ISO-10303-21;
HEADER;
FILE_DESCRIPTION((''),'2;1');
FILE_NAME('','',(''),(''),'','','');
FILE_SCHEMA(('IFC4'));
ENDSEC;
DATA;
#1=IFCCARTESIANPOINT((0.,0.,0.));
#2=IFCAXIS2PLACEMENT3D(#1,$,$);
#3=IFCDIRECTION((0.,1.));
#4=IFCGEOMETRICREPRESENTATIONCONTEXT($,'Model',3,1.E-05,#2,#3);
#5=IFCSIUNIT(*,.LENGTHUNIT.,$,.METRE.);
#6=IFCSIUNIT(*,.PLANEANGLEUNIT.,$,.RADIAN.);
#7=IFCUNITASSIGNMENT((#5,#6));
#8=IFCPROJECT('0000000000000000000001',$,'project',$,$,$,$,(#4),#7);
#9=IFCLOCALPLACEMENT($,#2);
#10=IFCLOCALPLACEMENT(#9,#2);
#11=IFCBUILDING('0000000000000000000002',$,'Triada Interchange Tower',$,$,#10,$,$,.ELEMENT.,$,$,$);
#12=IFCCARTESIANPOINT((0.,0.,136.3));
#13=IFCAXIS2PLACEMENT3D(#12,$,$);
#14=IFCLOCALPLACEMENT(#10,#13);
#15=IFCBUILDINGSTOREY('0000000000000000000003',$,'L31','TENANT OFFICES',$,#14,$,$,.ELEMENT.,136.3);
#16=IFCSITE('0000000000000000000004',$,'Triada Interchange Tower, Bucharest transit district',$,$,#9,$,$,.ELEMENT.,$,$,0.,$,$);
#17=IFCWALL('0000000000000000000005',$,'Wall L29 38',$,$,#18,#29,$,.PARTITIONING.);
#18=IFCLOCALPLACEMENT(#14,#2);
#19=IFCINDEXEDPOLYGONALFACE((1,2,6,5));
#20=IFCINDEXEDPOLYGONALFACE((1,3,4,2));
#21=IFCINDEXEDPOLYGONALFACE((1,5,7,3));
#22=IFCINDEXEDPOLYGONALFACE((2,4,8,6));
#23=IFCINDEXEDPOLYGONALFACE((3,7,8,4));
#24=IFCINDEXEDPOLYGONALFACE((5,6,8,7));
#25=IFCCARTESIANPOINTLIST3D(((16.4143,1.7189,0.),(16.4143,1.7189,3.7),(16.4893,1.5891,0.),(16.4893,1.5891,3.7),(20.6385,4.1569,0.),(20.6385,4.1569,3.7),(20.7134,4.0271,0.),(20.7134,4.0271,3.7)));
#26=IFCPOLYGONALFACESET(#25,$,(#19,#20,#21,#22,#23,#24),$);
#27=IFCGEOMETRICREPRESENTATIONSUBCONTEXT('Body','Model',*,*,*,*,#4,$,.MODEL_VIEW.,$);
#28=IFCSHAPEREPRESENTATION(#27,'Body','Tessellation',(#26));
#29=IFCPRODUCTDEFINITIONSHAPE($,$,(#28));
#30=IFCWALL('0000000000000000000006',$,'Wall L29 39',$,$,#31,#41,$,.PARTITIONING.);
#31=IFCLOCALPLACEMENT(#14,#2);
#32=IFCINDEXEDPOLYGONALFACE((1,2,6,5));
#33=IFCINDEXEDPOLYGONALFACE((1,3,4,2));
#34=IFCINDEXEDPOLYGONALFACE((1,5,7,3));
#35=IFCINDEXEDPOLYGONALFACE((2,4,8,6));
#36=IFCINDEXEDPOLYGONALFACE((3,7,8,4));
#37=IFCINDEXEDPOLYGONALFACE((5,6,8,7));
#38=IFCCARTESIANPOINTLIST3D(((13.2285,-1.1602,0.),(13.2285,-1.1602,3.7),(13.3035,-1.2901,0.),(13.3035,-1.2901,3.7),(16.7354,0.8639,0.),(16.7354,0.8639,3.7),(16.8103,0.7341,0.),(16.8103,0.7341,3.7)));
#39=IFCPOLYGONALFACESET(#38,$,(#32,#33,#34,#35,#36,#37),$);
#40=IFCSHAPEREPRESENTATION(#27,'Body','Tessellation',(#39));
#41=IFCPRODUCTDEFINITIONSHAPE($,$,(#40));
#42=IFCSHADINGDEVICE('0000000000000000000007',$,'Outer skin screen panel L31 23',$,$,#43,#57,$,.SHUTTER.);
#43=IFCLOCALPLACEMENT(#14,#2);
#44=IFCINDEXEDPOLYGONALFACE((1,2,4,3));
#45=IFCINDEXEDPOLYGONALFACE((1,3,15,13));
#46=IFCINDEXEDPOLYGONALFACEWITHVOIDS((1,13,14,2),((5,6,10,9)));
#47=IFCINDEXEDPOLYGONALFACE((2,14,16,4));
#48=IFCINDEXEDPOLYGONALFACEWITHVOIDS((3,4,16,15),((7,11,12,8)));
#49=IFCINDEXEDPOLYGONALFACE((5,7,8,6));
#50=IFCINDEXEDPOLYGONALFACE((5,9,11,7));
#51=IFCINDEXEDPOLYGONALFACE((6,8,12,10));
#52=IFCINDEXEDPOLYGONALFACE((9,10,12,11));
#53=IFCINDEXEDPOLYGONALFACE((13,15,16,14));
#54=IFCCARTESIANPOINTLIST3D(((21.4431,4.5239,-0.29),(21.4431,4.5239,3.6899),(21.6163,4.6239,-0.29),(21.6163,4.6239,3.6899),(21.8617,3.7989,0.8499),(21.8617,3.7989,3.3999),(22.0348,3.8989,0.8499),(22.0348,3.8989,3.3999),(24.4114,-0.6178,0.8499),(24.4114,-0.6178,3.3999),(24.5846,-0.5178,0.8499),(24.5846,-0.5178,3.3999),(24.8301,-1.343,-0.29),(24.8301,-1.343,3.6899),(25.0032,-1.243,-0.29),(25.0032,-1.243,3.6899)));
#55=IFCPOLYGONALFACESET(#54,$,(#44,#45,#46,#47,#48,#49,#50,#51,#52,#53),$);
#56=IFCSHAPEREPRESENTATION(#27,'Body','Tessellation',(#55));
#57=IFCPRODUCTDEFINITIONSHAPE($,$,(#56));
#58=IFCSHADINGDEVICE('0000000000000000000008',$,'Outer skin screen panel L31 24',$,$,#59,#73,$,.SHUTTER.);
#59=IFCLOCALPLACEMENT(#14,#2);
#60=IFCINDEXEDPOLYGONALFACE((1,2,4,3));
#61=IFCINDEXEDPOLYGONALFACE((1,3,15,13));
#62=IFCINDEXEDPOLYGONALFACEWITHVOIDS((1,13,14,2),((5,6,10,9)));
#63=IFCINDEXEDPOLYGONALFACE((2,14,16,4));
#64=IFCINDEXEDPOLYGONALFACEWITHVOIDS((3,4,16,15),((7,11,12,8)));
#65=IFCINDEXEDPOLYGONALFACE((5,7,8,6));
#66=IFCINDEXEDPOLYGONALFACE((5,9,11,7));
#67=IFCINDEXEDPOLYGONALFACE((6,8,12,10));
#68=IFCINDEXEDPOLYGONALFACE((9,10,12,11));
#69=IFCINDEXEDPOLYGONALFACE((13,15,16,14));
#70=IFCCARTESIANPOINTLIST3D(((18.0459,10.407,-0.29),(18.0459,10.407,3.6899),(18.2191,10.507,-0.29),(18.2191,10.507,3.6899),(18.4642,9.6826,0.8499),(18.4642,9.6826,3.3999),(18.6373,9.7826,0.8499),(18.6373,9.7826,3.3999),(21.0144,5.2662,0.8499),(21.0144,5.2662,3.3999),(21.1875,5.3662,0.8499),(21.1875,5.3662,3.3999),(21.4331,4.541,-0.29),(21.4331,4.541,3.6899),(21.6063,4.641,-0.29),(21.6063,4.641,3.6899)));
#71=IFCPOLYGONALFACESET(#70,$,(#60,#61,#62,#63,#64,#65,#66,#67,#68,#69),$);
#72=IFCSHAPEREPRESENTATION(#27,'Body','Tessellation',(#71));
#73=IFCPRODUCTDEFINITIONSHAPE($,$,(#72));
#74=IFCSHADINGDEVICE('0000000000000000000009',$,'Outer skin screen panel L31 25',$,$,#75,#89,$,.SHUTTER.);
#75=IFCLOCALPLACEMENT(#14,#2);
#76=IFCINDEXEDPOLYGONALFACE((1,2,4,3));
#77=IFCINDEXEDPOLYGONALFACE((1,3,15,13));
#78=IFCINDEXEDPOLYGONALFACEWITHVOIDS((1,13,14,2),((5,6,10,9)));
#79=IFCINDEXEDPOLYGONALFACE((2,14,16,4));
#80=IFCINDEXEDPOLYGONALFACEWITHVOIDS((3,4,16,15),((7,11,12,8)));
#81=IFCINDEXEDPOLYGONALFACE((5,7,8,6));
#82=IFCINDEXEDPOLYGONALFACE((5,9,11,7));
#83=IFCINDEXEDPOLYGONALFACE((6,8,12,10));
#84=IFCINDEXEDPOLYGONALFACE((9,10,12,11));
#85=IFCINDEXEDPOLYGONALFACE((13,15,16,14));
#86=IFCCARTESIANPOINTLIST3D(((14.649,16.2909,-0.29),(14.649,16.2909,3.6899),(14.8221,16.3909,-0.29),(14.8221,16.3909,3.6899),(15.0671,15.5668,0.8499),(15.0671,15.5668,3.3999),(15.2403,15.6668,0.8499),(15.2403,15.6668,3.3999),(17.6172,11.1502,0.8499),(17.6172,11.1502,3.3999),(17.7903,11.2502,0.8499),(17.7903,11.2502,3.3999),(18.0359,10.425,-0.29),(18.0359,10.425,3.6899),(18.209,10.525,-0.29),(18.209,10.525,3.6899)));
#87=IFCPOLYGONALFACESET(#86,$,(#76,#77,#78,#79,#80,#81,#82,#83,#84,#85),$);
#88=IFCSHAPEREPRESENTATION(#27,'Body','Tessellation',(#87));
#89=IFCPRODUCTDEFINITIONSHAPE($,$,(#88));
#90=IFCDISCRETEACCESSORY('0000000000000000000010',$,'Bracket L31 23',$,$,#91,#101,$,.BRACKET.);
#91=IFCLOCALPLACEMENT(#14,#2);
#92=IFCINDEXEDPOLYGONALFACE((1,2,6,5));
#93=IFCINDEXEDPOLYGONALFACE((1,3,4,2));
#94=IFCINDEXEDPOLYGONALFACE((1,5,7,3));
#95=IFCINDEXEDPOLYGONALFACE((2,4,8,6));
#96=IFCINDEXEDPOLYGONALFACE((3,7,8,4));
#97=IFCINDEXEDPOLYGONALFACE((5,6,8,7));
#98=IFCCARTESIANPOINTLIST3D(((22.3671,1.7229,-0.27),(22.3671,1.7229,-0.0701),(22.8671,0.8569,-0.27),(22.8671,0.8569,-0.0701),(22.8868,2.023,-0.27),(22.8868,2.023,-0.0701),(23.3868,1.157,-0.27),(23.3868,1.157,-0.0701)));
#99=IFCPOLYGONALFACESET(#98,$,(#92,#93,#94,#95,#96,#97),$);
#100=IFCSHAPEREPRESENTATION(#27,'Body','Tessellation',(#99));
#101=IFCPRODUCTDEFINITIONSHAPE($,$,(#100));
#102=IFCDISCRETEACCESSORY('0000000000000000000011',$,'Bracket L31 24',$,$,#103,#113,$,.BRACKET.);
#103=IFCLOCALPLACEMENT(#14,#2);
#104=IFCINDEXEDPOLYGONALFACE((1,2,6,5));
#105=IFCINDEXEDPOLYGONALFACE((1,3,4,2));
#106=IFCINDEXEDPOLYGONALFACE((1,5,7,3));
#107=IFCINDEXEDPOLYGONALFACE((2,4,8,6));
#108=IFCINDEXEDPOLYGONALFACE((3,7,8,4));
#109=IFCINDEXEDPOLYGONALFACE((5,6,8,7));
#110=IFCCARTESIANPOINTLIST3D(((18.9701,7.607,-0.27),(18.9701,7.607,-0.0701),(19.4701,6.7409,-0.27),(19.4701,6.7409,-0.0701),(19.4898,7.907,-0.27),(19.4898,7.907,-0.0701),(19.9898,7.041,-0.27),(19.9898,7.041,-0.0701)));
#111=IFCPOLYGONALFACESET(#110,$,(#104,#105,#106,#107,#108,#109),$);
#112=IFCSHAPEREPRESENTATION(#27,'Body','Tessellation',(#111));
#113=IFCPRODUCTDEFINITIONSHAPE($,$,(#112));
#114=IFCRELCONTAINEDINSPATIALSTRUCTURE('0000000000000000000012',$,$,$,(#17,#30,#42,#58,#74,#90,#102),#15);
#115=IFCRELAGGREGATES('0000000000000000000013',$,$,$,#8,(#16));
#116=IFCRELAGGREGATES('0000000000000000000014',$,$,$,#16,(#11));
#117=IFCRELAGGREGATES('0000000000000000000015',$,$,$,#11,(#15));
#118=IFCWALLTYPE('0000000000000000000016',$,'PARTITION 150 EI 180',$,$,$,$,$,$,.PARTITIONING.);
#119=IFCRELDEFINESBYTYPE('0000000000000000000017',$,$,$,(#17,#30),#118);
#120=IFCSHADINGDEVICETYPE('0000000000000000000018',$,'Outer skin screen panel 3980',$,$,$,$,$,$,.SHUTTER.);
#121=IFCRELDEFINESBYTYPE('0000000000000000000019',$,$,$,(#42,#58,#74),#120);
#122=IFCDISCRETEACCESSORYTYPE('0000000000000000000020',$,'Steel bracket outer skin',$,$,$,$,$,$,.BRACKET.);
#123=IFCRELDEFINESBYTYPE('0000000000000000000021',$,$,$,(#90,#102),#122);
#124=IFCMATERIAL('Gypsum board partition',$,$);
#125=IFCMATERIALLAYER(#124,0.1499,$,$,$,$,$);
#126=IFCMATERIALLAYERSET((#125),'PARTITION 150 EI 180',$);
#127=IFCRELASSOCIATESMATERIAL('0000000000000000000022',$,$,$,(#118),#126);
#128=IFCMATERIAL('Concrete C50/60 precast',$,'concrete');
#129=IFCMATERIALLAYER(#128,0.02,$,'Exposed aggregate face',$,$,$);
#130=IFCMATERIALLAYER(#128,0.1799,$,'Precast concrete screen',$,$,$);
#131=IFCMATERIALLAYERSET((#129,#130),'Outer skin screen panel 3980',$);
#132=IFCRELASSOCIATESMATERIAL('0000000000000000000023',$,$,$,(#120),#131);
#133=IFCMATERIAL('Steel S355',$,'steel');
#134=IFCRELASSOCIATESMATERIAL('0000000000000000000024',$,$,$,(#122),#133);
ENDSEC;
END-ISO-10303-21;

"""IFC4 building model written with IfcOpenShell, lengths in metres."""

from ifc_helpers import new_model, si_unit, direction, frame, frame_2d, origin, origin_2d, place, context, subcontext, project, spatial, polyline, rectangle, outline, extrude, material, layer, layer_set, type_object, element, save


model = new_model("IFC4")

# Units and contexts
model_context = context("Model", 3, precision=1e-05, world=origin(), true_north=direction((0.0, 1.0)))
body_context = subcontext(model_context, "Body", "Model", "MODEL_VIEW")
ifc_project = project(units=[si_unit("LENGTHUNIT", "METRE"), si_unit("PLANEANGLEUNIT", "RADIAN")], contexts=[model_context])

# Site, building, storey
site_placement = place(None, origin())
site = spatial("IfcSite", under=ifc_project, at=site_placement, Name="Triada Interchange Tower, Bucharest transit district", CompositionType="ELEMENT", RefElevation=0.0)
building_placement = place(site_placement, origin())
building = spatial("IfcBuilding", under=site, at=building_placement, Name="Triada Interchange Tower", CompositionType="ELEMENT")
storey_placement = place(building_placement, frame((0.0, 0.0, 136.3)))
storey = spatial("IfcBuildingStorey", under=building, at=storey_placement, Name="L31", Description="TENANT OFFICES", CompositionType="ELEMENT", Elevation=136.3)

# Shared definitions
ifc_material_1 = material(Name="Gypsum board partition")
ifc_layer_1 = layer(ifc_material_1, 0.1499)
ifc_layer_set_1 = layer_set([ifc_layer_1], Name="PARTITION 150 EI 180")
wall_type = type_object("IfcWallType", Name="PARTITION 150 EI 180", PredefinedType="PARTITIONING", material=ifc_layer_set_1)

# Walls
wall_1_placement = place(storey_placement, frame((16.4519, 1.6541, 0.0), z_axis=(0.0, 0.0, 1.0), x_axis=(0.866097, 0.499876, 0.0)))
element("IfcWall", 1, at=wall_1_placement, inside=storey, type_object=wall_type, Name="Wall L29 38", PredefinedType="PARTITIONING", context=body_context, shape_type="SweptSolid", body=[
    extrude(rectangle(XDim=4.8772, YDim=0.1499, at=frame_2d((2.4385, 0.0))), origin(), (0.0, 0.0, 1.0), 3.7),
])
wall_2_placement = place(storey_placement, frame((13.2661, -1.2251, 0.0), z_axis=(0.0, 0.0, 1.0), x_axis=(0.866079, 0.499907, 0.0)))
element("IfcWall", 2, at=wall_2_placement, inside=storey, type_object=wall_type, Name="Wall L29 39", PredefinedType="PARTITIONING", context=body_context, shape_type="SweptSolid", body=[
    extrude(rectangle(XDim=4.0491, YDim=0.1499, at=frame_2d((2.0244, 0.0))), origin(), (0.0, 0.0, 1.0), 3.7),
])

# Shading devices
ifc_material_2 = material(Name="Concrete C50/60 precast", Category="concrete")
ifc_layer_2 = layer(ifc_material_2, 0.02, Name="Exposed aggregate face")
ifc_layer_3 = layer(ifc_material_2, 0.1799, Name="Precast concrete screen")
ifc_layer_set_2 = layer_set([ifc_layer_2, ifc_layer_3], Name="Outer skin screen panel 3980")
shading_device_type = type_object("IfcShadingDeviceType", Name="Outer skin screen panel 3980", PredefinedType="SHUTTER", material=ifc_layer_set_2)
shading_device_1_placement = place(storey_placement, frame((24.8301, -1.343, -0.29), z_axis=(0.0, 0.0, 1.0), x_axis=(-0.499965, 0.866046, 0.0)))
element("IfcShadingDevice", 3, at=shading_device_1_placement, inside=storey, type_object=shading_device_type, Name="Outer skin screen panel L31 23", PredefinedType="SHUTTER", context=body_context, shape_type="SweptSolid", body=[
    extrude(outline(polyline([(0.0, 0.0), (6.7744, 0.0), (6.7744, 3.98), (0.0, 3.98), (0.0, 0.0)]), holes=[polyline([(0.8374, 1.1399), (0.8374, 3.6899), (5.9373, 3.6899), (5.9373, 1.1399), (0.8374, 1.1399)])]), frame((0.0, 0.0, 0.0), z_axis=(0.0, -1.0, 0.0), x_axis=(1.0, 0.0, 0.0)), (0.0, 0.0, 1.0), 0.2),
])
shading_device_2_placement = place(storey_placement, frame((21.4331, 4.541, -0.29), z_axis=(0.0, 0.0, 1.0), x_axis=(-0.500054, 0.865994, 0.0)))
element("IfcShadingDevice", 4, at=shading_device_2_placement, inside=storey, type_object=shading_device_type, Name="Outer skin screen panel L31 24", PredefinedType="SHUTTER", context=body_context, shape_type="SweptSolid", body=[
    extrude(outline(polyline([(0.0, 0.0), (6.7737, 0.0), (6.7737, 3.98), (0.0, 3.98), (0.0, 0.0)]), holes=[polyline([(0.8374, 1.1399), (0.8374, 3.6899), (5.9373, 3.6899), (5.9373, 1.1399), (0.8374, 1.1399)])]), frame((0.0, 0.0, 0.0), z_axis=(0.0, -1.0, 0.0), x_axis=(1.0, 0.0, 0.0)), (0.0, 0.0, 1.0), 0.2),
])
shading_device_3_placement = place(storey_placement, frame((18.0359, 10.425, -0.29), z_axis=(0.0, 0.0, 1.0), x_axis=(-0.500027, 0.86601, 0.0)))
element("IfcShadingDevice", 5, at=shading_device_3_placement, inside=storey, type_object=shading_device_type, Name="Outer skin screen panel L31 25", PredefinedType="SHUTTER", context=body_context, shape_type="SweptSolid", body=[
    extrude(outline(polyline([(0.0, 0.0), (6.7734, 0.0), (6.7734, 3.98), (0.0, 3.98), (0.0, 0.0)]), holes=[polyline([(0.8374, 1.1399), (0.8374, 3.6899), (5.9373, 3.6899), (5.9373, 1.1399), (0.8374, 1.1399)])]), frame((0.0, 0.0, 0.0), z_axis=(0.0, -1.0, 0.0), x_axis=(1.0, 0.0, 0.0)), (0.0, 0.0, 1.0), 0.2),
])

# Discrete accessories
ifc_material_3 = material(Name="Steel S355", Category="steel")
discrete_accessory_type = type_object("IfcDiscreteAccessoryType", Name="Steel bracket outer skin", PredefinedType="BRACKET", material=ifc_material_3)
for number, where, z_axis, x_axis, name in (
    (6, (22.877, 1.4399, -0.27), (0.0, 0.0, 1.0), (0.866023, 0.500004, 0.0), "Bracket L31 23"),
    (7, (19.48, 7.324, -0.27), (0.0, 0.0, 1.0), (0.866023, 0.500004, 0.0), "Bracket L31 24"),
):
    element("IfcDiscreteAccessory", number, at=place(storey_placement, frame(where, z_axis=z_axis, x_axis=x_axis)), inside=storey, type_object=discrete_accessory_type, Name=name, PredefinedType="BRACKET", context=body_context, shape_type="SweptSolid", body=[
        extrude(rectangle(XDim=0.6001, YDim=1.0, at=origin_2d()), origin(), (0.0, 0.0, 1.0), 0.2),
    ])

save(model, "model.ifc")
